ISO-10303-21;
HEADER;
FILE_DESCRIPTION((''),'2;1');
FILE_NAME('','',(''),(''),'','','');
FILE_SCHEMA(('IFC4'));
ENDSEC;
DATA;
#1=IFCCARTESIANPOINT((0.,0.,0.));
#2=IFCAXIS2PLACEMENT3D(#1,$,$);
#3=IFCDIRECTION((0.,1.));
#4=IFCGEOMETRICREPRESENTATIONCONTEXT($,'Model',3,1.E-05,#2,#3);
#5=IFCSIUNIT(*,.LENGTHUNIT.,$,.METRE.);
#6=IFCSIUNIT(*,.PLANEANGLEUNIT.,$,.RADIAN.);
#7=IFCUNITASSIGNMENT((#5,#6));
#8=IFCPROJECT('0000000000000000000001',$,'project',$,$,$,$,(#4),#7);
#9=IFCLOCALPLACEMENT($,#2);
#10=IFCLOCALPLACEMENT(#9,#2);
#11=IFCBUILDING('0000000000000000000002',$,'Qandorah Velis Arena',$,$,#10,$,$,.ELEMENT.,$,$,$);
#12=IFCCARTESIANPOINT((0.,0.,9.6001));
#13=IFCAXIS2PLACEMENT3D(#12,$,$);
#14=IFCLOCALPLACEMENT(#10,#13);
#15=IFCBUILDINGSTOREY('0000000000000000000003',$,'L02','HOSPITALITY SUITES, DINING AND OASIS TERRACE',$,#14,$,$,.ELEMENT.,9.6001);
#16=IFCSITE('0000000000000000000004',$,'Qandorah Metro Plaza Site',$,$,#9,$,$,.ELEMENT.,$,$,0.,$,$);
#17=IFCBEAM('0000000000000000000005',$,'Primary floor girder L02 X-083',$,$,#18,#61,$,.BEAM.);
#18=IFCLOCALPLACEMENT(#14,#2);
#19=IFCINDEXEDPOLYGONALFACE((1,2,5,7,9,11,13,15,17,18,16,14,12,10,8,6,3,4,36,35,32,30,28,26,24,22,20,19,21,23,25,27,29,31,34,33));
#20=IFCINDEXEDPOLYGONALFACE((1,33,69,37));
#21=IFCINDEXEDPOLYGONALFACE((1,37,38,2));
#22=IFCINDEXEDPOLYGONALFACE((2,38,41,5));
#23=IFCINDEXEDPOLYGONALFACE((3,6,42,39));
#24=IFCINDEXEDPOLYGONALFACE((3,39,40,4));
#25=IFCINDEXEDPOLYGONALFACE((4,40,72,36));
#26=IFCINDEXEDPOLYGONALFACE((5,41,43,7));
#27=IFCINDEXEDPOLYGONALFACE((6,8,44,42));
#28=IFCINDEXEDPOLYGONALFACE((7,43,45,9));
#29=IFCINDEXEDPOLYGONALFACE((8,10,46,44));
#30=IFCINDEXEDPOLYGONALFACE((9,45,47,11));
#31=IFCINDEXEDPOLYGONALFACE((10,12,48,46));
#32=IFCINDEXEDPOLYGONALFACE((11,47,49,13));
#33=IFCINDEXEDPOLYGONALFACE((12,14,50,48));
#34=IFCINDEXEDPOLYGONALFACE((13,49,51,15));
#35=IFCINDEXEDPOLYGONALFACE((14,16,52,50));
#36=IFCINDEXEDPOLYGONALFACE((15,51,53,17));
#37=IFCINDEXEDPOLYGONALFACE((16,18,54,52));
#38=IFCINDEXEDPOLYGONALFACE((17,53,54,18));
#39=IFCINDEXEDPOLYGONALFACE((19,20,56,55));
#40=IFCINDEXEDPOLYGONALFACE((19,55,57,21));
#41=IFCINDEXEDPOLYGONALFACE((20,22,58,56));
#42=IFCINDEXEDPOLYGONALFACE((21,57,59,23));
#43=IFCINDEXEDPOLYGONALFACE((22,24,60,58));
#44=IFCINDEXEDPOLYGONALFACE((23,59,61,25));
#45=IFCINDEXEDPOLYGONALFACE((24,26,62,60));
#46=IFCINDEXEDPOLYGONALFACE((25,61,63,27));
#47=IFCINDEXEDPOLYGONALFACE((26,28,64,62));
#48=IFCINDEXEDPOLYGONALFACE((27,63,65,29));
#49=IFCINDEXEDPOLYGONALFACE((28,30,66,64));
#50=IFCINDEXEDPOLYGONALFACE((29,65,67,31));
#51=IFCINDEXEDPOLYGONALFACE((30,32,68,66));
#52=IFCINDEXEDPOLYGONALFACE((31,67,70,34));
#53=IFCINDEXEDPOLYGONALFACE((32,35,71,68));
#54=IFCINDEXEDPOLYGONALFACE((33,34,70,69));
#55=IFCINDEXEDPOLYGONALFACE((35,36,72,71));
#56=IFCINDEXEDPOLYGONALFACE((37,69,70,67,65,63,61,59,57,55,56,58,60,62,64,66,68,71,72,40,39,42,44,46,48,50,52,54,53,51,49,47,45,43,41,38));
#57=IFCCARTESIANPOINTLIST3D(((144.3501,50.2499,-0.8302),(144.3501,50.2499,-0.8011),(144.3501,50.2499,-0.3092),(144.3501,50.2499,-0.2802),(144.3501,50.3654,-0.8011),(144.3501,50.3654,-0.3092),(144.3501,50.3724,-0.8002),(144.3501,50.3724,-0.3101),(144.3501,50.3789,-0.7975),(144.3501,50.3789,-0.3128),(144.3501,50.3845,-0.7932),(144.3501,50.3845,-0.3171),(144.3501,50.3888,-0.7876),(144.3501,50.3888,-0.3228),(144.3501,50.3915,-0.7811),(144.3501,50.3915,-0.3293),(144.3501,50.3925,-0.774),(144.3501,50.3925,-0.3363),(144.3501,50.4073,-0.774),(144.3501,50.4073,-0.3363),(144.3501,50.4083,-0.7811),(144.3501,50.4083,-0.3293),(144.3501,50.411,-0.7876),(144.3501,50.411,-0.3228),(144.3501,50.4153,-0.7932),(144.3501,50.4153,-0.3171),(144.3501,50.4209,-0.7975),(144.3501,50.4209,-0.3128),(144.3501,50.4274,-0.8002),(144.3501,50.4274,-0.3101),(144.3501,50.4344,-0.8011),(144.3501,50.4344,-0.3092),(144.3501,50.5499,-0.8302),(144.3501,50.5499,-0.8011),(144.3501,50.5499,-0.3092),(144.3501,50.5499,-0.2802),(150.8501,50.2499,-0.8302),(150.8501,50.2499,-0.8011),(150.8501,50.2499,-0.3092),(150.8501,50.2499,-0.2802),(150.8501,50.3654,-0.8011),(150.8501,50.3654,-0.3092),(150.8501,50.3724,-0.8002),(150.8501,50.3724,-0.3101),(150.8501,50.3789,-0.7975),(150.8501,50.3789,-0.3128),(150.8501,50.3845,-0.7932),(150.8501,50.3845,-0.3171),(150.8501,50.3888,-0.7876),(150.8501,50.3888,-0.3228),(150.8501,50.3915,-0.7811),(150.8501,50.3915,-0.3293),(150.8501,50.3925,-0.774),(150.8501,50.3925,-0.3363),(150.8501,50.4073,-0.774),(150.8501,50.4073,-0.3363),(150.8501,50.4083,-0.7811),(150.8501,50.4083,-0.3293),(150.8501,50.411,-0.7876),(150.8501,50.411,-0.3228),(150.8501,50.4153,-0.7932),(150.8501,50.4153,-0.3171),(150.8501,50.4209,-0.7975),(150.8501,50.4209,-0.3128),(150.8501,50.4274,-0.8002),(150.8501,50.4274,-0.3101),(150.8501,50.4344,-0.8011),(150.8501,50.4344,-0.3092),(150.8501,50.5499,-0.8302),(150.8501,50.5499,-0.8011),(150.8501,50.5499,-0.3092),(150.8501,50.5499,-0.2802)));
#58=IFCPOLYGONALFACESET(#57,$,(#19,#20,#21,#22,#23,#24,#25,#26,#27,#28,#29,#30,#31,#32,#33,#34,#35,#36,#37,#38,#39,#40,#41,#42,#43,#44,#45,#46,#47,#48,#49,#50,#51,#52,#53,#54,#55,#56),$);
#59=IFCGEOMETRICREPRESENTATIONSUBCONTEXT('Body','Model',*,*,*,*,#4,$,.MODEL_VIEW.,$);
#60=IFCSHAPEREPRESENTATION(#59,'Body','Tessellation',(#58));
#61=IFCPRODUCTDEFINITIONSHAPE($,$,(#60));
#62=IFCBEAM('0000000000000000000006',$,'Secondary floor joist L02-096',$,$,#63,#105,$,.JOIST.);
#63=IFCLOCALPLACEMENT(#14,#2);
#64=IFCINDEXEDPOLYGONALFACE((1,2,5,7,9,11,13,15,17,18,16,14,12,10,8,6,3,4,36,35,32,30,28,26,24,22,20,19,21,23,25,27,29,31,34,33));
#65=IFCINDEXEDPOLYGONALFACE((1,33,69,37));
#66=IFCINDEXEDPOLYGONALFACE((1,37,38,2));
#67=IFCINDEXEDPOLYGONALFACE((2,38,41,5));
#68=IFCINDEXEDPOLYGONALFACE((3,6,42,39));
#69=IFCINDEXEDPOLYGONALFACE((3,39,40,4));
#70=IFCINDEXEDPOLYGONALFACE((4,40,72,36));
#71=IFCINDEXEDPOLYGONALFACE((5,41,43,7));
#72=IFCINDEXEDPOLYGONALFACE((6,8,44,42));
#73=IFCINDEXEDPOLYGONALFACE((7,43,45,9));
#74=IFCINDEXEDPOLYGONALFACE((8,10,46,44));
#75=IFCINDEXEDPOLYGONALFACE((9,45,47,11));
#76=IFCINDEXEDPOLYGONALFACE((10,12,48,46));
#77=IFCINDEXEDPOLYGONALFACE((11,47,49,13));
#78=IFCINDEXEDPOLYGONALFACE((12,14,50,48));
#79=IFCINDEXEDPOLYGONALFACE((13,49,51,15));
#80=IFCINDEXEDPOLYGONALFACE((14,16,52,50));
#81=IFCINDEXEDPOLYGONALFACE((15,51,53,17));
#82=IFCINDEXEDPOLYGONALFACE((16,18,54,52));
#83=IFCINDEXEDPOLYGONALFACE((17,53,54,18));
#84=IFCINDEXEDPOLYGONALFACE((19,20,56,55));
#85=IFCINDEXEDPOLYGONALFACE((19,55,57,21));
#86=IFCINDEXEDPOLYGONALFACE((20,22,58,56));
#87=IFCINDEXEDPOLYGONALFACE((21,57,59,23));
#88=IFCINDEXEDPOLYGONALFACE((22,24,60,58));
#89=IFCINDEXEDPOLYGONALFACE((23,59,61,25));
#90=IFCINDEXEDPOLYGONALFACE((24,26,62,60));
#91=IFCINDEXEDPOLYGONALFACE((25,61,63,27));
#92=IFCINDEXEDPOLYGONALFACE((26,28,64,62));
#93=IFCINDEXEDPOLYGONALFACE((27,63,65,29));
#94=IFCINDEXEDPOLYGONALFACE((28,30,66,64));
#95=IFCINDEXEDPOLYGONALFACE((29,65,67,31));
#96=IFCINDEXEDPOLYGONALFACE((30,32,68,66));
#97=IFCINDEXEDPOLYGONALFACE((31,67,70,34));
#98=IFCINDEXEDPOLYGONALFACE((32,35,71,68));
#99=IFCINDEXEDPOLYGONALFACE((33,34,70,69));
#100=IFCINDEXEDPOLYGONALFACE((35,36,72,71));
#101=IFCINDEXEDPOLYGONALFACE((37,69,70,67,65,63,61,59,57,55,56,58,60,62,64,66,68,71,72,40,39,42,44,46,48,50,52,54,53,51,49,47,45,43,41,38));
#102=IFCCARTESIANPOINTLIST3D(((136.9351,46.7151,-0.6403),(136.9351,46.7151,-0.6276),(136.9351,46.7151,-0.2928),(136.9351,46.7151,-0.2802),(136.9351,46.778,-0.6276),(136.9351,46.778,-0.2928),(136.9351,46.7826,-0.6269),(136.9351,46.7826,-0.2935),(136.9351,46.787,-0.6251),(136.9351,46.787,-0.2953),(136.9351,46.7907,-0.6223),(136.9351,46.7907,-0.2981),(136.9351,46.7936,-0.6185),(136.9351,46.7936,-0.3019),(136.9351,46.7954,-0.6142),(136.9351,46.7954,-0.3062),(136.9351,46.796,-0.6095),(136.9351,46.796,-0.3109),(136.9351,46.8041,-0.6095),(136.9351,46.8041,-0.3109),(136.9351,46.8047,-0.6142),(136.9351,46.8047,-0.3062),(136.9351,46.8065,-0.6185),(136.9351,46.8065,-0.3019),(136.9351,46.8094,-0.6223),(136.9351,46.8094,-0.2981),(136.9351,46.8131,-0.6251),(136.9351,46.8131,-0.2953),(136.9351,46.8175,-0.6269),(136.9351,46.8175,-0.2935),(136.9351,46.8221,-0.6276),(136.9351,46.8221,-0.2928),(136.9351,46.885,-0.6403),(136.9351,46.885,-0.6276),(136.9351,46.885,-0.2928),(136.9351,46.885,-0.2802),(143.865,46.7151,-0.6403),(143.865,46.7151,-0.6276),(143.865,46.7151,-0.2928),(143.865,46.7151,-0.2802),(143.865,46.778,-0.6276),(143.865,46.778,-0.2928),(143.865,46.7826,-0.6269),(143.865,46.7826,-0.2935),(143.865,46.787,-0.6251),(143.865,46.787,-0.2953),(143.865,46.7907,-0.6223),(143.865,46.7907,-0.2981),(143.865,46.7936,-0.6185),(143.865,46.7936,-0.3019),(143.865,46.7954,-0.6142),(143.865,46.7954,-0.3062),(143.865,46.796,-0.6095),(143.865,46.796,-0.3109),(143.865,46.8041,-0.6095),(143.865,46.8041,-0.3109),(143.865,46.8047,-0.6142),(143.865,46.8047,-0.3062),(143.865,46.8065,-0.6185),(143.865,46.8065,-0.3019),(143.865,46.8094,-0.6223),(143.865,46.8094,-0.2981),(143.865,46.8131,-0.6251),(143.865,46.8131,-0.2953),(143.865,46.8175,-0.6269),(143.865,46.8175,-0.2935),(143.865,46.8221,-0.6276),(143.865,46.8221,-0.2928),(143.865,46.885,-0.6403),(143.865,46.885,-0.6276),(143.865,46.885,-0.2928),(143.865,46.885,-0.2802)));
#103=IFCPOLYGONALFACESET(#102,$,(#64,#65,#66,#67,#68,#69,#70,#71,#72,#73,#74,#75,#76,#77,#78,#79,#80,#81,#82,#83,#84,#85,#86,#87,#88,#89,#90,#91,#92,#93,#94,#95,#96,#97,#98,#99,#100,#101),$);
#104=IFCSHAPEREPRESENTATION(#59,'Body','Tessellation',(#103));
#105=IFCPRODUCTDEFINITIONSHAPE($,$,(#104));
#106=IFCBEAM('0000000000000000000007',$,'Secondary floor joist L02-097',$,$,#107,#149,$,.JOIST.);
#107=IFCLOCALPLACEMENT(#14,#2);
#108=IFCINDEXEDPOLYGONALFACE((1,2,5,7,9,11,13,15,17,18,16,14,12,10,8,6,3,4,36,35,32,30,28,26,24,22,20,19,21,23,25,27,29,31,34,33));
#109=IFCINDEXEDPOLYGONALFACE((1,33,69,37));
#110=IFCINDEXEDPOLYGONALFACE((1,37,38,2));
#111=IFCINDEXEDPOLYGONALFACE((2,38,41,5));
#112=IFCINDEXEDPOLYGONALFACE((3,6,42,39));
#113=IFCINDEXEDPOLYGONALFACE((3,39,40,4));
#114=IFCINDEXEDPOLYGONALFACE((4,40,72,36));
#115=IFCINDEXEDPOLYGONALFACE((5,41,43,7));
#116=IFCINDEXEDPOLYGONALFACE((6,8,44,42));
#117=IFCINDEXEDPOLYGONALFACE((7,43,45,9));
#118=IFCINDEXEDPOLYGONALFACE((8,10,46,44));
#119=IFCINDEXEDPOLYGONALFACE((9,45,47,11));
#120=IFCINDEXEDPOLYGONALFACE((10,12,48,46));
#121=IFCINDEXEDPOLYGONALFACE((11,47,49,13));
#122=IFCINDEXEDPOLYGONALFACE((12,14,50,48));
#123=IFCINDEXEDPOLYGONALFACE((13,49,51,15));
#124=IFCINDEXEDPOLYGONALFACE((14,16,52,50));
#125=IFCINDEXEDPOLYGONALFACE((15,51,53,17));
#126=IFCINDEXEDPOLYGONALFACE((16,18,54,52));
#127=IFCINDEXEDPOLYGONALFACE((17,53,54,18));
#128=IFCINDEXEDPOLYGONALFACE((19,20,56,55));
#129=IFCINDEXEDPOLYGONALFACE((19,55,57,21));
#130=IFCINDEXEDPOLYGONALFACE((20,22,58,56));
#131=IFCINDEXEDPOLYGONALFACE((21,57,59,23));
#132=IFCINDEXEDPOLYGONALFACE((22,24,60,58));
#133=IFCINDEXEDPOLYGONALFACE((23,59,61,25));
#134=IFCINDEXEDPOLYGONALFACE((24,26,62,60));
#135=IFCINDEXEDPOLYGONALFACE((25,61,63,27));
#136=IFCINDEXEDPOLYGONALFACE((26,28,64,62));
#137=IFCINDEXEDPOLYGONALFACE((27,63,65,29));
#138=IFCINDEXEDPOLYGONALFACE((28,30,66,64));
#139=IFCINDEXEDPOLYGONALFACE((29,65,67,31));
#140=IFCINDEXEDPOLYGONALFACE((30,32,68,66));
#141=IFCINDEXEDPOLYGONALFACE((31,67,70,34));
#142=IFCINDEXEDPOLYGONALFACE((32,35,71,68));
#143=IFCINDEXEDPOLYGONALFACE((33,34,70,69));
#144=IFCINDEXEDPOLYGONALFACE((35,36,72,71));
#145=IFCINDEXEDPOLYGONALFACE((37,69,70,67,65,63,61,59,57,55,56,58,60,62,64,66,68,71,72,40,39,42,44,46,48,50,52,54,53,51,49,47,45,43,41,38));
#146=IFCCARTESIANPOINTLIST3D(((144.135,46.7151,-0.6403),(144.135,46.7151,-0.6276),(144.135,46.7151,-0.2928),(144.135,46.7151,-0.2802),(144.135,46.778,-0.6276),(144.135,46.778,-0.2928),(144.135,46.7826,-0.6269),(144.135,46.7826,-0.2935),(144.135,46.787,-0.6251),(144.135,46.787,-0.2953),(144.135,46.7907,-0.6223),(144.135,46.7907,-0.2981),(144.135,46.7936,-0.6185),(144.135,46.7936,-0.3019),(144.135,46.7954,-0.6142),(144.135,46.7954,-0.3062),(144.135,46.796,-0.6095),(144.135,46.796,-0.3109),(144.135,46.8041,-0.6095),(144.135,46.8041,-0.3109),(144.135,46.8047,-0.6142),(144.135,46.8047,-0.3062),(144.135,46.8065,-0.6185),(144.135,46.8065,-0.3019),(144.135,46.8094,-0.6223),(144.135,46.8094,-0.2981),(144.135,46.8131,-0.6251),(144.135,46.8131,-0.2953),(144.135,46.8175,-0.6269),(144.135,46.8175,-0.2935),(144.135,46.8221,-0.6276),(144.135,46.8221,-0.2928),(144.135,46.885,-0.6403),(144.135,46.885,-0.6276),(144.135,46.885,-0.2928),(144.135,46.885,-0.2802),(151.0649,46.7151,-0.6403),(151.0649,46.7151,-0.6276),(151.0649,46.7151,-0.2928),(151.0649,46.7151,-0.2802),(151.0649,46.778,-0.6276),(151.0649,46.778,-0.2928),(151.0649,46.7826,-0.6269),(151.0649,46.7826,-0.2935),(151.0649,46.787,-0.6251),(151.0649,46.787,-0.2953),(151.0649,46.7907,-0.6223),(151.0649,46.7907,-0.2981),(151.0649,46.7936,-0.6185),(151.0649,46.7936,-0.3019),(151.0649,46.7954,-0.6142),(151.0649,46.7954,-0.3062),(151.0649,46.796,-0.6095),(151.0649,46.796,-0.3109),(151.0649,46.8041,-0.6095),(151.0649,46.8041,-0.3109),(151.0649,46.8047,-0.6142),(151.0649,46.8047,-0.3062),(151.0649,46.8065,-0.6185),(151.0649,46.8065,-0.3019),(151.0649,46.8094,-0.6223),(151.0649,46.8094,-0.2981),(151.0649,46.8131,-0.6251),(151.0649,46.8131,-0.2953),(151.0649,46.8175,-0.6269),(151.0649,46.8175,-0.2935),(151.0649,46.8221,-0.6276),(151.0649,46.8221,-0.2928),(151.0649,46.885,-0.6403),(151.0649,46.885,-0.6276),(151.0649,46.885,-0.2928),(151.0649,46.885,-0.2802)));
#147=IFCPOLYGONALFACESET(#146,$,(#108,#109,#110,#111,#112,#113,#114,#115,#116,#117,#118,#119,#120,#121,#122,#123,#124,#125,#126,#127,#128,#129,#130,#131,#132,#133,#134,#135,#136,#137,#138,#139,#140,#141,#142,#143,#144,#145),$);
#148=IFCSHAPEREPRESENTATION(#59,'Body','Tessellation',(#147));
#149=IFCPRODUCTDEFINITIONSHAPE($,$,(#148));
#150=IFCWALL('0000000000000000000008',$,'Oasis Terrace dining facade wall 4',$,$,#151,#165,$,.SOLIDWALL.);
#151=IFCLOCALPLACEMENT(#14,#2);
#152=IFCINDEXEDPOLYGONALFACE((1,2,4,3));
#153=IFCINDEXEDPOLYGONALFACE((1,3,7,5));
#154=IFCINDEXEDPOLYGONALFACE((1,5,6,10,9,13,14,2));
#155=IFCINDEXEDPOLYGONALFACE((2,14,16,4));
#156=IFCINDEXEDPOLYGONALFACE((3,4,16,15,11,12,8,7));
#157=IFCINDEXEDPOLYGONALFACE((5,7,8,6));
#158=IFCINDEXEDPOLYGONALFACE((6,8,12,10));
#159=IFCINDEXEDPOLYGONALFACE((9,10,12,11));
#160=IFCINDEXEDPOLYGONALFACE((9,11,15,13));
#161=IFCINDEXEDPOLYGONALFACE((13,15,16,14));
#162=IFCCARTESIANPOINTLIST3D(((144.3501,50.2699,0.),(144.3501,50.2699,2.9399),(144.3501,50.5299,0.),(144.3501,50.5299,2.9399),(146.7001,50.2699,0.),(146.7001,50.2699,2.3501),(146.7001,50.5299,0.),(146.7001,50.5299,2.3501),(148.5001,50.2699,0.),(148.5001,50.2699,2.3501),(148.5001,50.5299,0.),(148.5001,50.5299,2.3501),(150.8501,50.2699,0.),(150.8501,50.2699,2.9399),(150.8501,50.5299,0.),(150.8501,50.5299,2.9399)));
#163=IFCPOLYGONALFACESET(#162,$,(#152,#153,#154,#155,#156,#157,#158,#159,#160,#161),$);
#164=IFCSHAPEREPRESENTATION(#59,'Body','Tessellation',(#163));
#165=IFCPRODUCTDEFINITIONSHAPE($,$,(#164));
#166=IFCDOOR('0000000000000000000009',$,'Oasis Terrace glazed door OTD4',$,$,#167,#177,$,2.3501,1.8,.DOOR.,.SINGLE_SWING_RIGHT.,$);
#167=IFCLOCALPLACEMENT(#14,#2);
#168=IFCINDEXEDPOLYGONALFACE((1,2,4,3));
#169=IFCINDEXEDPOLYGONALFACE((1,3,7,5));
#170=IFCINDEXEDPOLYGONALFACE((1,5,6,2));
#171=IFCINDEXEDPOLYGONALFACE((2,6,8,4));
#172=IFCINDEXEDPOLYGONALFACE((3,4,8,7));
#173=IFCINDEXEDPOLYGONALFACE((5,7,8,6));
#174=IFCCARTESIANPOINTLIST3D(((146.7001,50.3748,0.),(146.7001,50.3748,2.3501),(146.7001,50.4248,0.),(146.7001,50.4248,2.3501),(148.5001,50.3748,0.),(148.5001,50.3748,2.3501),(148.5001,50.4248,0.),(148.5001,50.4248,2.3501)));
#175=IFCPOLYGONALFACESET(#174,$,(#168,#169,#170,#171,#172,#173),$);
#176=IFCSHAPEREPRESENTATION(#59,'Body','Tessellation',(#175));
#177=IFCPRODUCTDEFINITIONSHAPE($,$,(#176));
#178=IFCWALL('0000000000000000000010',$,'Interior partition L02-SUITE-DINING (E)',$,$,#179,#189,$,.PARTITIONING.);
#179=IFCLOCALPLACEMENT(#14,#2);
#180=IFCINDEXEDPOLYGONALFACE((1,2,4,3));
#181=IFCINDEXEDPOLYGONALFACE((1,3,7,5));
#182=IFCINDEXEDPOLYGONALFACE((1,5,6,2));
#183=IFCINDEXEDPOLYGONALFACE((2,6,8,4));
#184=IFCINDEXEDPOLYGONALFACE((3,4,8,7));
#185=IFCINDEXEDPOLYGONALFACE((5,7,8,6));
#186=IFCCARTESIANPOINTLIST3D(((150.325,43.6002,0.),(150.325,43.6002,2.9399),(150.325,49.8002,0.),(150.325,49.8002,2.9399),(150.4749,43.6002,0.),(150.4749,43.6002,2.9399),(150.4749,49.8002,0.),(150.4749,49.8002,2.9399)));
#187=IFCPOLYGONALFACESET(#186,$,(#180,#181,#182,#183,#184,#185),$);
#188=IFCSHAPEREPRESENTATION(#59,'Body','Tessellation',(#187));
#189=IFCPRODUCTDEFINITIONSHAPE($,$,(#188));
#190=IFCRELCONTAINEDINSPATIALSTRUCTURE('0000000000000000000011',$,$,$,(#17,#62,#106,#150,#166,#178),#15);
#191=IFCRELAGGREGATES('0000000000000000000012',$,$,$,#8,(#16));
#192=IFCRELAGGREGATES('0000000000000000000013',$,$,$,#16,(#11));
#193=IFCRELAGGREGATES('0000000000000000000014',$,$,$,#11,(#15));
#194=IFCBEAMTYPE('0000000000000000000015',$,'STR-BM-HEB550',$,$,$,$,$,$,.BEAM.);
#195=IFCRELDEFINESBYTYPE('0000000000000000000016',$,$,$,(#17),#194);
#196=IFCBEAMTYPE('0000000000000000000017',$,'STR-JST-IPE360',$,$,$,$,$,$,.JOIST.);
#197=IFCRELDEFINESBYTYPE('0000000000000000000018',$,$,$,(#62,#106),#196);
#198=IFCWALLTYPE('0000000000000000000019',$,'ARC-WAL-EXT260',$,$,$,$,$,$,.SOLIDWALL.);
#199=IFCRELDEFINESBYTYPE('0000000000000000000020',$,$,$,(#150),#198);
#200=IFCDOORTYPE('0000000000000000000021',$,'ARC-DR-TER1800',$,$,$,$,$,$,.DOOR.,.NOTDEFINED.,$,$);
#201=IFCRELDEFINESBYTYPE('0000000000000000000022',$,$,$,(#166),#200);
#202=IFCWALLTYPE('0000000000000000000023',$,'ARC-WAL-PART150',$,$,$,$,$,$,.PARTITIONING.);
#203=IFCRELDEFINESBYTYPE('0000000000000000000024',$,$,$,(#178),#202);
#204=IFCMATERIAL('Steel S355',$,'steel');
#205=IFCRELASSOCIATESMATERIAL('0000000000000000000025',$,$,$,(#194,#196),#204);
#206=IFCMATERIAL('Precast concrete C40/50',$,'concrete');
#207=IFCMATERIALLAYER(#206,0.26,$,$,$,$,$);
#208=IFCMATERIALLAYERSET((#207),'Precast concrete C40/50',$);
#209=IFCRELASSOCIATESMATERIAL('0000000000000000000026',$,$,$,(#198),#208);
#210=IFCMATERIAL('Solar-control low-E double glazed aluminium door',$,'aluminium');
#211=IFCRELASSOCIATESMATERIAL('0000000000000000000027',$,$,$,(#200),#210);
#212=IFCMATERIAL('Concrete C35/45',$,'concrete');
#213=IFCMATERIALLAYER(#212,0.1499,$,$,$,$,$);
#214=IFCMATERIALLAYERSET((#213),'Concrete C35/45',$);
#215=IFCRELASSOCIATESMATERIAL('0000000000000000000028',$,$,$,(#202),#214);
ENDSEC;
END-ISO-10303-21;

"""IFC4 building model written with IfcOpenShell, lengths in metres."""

from ifc_helpers import new_model, si_unit, direction, frame, frame_2d, origin, origin_2d, place, context, subcontext, project, spatial, rectangle, i_section, extrude, material, layer, layer_set, material_profile, profile_set, type_object, element, fill, save


model = new_model("IFC4")

# Units and contexts
model_context = context("Model", 3, precision=1e-05, world=origin(), true_north=direction((0.0, 1.0)))
body_context = subcontext(model_context, "Body", "Model", "MODEL_VIEW")
ifc_project = project(units=[si_unit("LENGTHUNIT", "METRE"), si_unit("PLANEANGLEUNIT", "RADIAN")], contexts=[model_context])

# Site, building, storey
site_placement = place(None, origin())
site = spatial("IfcSite", under=ifc_project, at=site_placement, Name="Qandorah Metro Plaza Site", CompositionType="ELEMENT", RefElevation=0.0)
building_placement = place(site_placement, origin())
building = spatial("IfcBuilding", under=site, at=building_placement, Name="Qandorah Velis Arena", CompositionType="ELEMENT")
storey_placement = place(building_placement, frame((0.0, 0.0, 9.6001)))
storey = spatial("IfcBuildingStorey", under=building, at=storey_placement, Name="L02", Description="HOSPITALITY SUITES, DINING AND OASIS TERRACE", CompositionType="ELEMENT", Elevation=9.6001)

# Shared definitions
ifc_material_1 = material(Name="Steel S355", Category="steel")

# Beams
ifc_material_profile_1 = material_profile(ifc_material_1, i_section(OverallWidth=0.3, OverallDepth=0.55, WebThickness=0.0149, FlangeThickness=0.0291, FilletRadius=0.0271, at=origin_2d()), Name="HEB 550")
ifc_profile_set_1 = profile_set([ifc_material_profile_1], Name="Steel S355")
beam_type_1 = type_object("IfcBeamType", Name="STR-BM-HEB550", PredefinedType="BEAM", material=ifc_profile_set_1)
for number, where, z_axis, x_axis, name in (
    (1, (144.3501, 50.3999, -0.5552), (1.0, 0.0, 0.0), (0.0, 1.0, 0.0), "Primary floor girder L02 X-083"),
):
    element("IfcBeam", number, at=place(storey_placement, frame(where, z_axis=z_axis, x_axis=x_axis)), inside=storey, type_object=beam_type_1, Name=name, PredefinedType="BEAM", context=body_context, shape_type="SweptSolid", body=[
        extrude(i_section(OverallWidth=0.3, OverallDepth=0.55, WebThickness=0.0149, FlangeThickness=0.0291, FilletRadius=0.0271, at=origin_2d()), origin(), (0.0, 0.0, 1.0), 6.5),
    ])
ifc_material_profile_2 = material_profile(ifc_material_1, i_section(OverallWidth=0.1699, OverallDepth=0.3601, WebThickness=0.0081, FlangeThickness=0.0127, FilletRadius=0.0181, at=origin_2d()), Name="IPE 360")
ifc_profile_set_2 = profile_set([ifc_material_profile_2], Name="Steel S355")
beam_type_2 = type_object("IfcBeamType", Name="STR-JST-IPE360", PredefinedType="JOIST", material=ifc_profile_set_2)
for number, where, z_axis, x_axis, name in (
    (2, (136.9351, 46.8, -0.4602), (1.0, 0.0, 0.0), (0.0, 1.0, 0.0), "Secondary floor joist L02-096"),
    (3, (144.135, 46.8, -0.4602), (1.0, 0.0, 0.0), (0.0, 1.0, 0.0), "Secondary floor joist L02-097"),
):
    element("IfcBeam", number, at=place(storey_placement, frame(where, z_axis=z_axis, x_axis=x_axis)), inside=storey, type_object=beam_type_2, Name=name, PredefinedType="JOIST", context=body_context, shape_type="SweptSolid", body=[
        extrude(i_section(OverallWidth=0.1699, OverallDepth=0.3601, WebThickness=0.0081, FlangeThickness=0.0127, FilletRadius=0.0181, at=origin_2d()), origin(), (0.0, 0.0, 1.0), 6.9299),
    ])

# Wall, opening, door
ifc_material_2 = material(Name="Precast concrete C40/50", Category="concrete")
ifc_layer_1 = layer(ifc_material_2, 0.26)
ifc_layer_set_1 = layer_set([ifc_layer_1], Name="Precast concrete C40/50")
wall_type_1 = type_object("IfcWallType", Name="ARC-WAL-EXT260", PredefinedType="SOLIDWALL", material=ifc_layer_set_1)
ifc_material_3 = material(Name="Solar-control low-E double glazed aluminium door", Category="aluminium")
wall_1_placement = place(storey_placement, frame((144.3501, 50.3999, 0.0), z_axis=(0.0, 0.0, 1.0), x_axis=(1.0, 0.0, 0.0)))
wall_1 = element("IfcWall", 4, at=wall_1_placement, inside=storey, type_object=wall_type_1, Name="Oasis Terrace dining facade wall 4", PredefinedType="SOLIDWALL", context=body_context, shape_type="SweptSolid", body=[
    extrude(rectangle(XDim=6.5, YDim=0.26, at=frame_2d((3.25, 0.0))), origin(), (0.0, 0.0, 1.0), 2.9399),
])
opening_1_placement = place(wall_1_placement, frame((2.3501, 0.0, 0.0)))
opening_1 = element("IfcOpeningElement", 5, at=opening_1_placement, cuts=wall_1, PredefinedType="OPENING", context=body_context, shape_type="SweptSolid", body=[
    extrude(rectangle(XDim=1.8, YDim=2.3501, at=frame_2d((0.8999, 1.175))), frame((0.0, 0.1401, 0.0), z_axis=(0.0, -1.0, 0.0), x_axis=(1.0, 0.0, 0.0)), (0.0, 0.0, 1.0), 0.28),
])
door_type_1 = type_object("IfcDoorType", Name="ARC-DR-TER1800", OperationType="NOTDEFINED", PredefinedType="DOOR", material=ifc_material_3)
door_1_placement = place(opening_1_placement, origin())
door_1 = element("IfcDoor", 6, at=door_1_placement, inside=storey, type_object=door_type_1, Name="Oasis Terrace glazed door OTD4", OperationType="SINGLE_SWING_RIGHT", OverallHeight=2.3501, OverallWidth=1.8, PredefinedType="DOOR", context=body_context, shape_type="SweptSolid", body=[
    extrude(rectangle(XDim=1.8, YDim=2.3501, at=frame_2d((0.8999, 1.175))), frame((0.0, 0.0249, 0.0), z_axis=(0.0, -1.0, 0.0), x_axis=(1.0, 0.0, 0.0)), (0.0, 0.0, 1.0), 0.05),
])
fill(opening_1, door_1)

# Wall
ifc_material_4 = material(Name="Concrete C35/45", Category="concrete")
ifc_layer_2 = layer(ifc_material_4, 0.1499)
ifc_layer_set_2 = layer_set([ifc_layer_2], Name="Concrete C35/45")
wall_type_2 = type_object("IfcWallType", Name="ARC-WAL-PART150", PredefinedType="PARTITIONING", material=ifc_layer_set_2)
wall_2_placement = place(storey_placement, frame((150.3999, 43.6001, 0.0), z_axis=(0.0, 0.0, 1.0), x_axis=(0.0, 1.0, 0.0)))
element("IfcWall", 7, at=wall_2_placement, inside=storey, type_object=wall_type_2, Name="Interior partition L02-SUITE-DINING (E)", PredefinedType="PARTITIONING", context=body_context, shape_type="SweptSolid", body=[
    extrude(rectangle(XDim=6.2, YDim=0.1499, at=frame_2d((3.1001, 0.0))), origin(), (0.0, 0.0, 1.0), 2.9399),
])

save(model, "model.ifc")
